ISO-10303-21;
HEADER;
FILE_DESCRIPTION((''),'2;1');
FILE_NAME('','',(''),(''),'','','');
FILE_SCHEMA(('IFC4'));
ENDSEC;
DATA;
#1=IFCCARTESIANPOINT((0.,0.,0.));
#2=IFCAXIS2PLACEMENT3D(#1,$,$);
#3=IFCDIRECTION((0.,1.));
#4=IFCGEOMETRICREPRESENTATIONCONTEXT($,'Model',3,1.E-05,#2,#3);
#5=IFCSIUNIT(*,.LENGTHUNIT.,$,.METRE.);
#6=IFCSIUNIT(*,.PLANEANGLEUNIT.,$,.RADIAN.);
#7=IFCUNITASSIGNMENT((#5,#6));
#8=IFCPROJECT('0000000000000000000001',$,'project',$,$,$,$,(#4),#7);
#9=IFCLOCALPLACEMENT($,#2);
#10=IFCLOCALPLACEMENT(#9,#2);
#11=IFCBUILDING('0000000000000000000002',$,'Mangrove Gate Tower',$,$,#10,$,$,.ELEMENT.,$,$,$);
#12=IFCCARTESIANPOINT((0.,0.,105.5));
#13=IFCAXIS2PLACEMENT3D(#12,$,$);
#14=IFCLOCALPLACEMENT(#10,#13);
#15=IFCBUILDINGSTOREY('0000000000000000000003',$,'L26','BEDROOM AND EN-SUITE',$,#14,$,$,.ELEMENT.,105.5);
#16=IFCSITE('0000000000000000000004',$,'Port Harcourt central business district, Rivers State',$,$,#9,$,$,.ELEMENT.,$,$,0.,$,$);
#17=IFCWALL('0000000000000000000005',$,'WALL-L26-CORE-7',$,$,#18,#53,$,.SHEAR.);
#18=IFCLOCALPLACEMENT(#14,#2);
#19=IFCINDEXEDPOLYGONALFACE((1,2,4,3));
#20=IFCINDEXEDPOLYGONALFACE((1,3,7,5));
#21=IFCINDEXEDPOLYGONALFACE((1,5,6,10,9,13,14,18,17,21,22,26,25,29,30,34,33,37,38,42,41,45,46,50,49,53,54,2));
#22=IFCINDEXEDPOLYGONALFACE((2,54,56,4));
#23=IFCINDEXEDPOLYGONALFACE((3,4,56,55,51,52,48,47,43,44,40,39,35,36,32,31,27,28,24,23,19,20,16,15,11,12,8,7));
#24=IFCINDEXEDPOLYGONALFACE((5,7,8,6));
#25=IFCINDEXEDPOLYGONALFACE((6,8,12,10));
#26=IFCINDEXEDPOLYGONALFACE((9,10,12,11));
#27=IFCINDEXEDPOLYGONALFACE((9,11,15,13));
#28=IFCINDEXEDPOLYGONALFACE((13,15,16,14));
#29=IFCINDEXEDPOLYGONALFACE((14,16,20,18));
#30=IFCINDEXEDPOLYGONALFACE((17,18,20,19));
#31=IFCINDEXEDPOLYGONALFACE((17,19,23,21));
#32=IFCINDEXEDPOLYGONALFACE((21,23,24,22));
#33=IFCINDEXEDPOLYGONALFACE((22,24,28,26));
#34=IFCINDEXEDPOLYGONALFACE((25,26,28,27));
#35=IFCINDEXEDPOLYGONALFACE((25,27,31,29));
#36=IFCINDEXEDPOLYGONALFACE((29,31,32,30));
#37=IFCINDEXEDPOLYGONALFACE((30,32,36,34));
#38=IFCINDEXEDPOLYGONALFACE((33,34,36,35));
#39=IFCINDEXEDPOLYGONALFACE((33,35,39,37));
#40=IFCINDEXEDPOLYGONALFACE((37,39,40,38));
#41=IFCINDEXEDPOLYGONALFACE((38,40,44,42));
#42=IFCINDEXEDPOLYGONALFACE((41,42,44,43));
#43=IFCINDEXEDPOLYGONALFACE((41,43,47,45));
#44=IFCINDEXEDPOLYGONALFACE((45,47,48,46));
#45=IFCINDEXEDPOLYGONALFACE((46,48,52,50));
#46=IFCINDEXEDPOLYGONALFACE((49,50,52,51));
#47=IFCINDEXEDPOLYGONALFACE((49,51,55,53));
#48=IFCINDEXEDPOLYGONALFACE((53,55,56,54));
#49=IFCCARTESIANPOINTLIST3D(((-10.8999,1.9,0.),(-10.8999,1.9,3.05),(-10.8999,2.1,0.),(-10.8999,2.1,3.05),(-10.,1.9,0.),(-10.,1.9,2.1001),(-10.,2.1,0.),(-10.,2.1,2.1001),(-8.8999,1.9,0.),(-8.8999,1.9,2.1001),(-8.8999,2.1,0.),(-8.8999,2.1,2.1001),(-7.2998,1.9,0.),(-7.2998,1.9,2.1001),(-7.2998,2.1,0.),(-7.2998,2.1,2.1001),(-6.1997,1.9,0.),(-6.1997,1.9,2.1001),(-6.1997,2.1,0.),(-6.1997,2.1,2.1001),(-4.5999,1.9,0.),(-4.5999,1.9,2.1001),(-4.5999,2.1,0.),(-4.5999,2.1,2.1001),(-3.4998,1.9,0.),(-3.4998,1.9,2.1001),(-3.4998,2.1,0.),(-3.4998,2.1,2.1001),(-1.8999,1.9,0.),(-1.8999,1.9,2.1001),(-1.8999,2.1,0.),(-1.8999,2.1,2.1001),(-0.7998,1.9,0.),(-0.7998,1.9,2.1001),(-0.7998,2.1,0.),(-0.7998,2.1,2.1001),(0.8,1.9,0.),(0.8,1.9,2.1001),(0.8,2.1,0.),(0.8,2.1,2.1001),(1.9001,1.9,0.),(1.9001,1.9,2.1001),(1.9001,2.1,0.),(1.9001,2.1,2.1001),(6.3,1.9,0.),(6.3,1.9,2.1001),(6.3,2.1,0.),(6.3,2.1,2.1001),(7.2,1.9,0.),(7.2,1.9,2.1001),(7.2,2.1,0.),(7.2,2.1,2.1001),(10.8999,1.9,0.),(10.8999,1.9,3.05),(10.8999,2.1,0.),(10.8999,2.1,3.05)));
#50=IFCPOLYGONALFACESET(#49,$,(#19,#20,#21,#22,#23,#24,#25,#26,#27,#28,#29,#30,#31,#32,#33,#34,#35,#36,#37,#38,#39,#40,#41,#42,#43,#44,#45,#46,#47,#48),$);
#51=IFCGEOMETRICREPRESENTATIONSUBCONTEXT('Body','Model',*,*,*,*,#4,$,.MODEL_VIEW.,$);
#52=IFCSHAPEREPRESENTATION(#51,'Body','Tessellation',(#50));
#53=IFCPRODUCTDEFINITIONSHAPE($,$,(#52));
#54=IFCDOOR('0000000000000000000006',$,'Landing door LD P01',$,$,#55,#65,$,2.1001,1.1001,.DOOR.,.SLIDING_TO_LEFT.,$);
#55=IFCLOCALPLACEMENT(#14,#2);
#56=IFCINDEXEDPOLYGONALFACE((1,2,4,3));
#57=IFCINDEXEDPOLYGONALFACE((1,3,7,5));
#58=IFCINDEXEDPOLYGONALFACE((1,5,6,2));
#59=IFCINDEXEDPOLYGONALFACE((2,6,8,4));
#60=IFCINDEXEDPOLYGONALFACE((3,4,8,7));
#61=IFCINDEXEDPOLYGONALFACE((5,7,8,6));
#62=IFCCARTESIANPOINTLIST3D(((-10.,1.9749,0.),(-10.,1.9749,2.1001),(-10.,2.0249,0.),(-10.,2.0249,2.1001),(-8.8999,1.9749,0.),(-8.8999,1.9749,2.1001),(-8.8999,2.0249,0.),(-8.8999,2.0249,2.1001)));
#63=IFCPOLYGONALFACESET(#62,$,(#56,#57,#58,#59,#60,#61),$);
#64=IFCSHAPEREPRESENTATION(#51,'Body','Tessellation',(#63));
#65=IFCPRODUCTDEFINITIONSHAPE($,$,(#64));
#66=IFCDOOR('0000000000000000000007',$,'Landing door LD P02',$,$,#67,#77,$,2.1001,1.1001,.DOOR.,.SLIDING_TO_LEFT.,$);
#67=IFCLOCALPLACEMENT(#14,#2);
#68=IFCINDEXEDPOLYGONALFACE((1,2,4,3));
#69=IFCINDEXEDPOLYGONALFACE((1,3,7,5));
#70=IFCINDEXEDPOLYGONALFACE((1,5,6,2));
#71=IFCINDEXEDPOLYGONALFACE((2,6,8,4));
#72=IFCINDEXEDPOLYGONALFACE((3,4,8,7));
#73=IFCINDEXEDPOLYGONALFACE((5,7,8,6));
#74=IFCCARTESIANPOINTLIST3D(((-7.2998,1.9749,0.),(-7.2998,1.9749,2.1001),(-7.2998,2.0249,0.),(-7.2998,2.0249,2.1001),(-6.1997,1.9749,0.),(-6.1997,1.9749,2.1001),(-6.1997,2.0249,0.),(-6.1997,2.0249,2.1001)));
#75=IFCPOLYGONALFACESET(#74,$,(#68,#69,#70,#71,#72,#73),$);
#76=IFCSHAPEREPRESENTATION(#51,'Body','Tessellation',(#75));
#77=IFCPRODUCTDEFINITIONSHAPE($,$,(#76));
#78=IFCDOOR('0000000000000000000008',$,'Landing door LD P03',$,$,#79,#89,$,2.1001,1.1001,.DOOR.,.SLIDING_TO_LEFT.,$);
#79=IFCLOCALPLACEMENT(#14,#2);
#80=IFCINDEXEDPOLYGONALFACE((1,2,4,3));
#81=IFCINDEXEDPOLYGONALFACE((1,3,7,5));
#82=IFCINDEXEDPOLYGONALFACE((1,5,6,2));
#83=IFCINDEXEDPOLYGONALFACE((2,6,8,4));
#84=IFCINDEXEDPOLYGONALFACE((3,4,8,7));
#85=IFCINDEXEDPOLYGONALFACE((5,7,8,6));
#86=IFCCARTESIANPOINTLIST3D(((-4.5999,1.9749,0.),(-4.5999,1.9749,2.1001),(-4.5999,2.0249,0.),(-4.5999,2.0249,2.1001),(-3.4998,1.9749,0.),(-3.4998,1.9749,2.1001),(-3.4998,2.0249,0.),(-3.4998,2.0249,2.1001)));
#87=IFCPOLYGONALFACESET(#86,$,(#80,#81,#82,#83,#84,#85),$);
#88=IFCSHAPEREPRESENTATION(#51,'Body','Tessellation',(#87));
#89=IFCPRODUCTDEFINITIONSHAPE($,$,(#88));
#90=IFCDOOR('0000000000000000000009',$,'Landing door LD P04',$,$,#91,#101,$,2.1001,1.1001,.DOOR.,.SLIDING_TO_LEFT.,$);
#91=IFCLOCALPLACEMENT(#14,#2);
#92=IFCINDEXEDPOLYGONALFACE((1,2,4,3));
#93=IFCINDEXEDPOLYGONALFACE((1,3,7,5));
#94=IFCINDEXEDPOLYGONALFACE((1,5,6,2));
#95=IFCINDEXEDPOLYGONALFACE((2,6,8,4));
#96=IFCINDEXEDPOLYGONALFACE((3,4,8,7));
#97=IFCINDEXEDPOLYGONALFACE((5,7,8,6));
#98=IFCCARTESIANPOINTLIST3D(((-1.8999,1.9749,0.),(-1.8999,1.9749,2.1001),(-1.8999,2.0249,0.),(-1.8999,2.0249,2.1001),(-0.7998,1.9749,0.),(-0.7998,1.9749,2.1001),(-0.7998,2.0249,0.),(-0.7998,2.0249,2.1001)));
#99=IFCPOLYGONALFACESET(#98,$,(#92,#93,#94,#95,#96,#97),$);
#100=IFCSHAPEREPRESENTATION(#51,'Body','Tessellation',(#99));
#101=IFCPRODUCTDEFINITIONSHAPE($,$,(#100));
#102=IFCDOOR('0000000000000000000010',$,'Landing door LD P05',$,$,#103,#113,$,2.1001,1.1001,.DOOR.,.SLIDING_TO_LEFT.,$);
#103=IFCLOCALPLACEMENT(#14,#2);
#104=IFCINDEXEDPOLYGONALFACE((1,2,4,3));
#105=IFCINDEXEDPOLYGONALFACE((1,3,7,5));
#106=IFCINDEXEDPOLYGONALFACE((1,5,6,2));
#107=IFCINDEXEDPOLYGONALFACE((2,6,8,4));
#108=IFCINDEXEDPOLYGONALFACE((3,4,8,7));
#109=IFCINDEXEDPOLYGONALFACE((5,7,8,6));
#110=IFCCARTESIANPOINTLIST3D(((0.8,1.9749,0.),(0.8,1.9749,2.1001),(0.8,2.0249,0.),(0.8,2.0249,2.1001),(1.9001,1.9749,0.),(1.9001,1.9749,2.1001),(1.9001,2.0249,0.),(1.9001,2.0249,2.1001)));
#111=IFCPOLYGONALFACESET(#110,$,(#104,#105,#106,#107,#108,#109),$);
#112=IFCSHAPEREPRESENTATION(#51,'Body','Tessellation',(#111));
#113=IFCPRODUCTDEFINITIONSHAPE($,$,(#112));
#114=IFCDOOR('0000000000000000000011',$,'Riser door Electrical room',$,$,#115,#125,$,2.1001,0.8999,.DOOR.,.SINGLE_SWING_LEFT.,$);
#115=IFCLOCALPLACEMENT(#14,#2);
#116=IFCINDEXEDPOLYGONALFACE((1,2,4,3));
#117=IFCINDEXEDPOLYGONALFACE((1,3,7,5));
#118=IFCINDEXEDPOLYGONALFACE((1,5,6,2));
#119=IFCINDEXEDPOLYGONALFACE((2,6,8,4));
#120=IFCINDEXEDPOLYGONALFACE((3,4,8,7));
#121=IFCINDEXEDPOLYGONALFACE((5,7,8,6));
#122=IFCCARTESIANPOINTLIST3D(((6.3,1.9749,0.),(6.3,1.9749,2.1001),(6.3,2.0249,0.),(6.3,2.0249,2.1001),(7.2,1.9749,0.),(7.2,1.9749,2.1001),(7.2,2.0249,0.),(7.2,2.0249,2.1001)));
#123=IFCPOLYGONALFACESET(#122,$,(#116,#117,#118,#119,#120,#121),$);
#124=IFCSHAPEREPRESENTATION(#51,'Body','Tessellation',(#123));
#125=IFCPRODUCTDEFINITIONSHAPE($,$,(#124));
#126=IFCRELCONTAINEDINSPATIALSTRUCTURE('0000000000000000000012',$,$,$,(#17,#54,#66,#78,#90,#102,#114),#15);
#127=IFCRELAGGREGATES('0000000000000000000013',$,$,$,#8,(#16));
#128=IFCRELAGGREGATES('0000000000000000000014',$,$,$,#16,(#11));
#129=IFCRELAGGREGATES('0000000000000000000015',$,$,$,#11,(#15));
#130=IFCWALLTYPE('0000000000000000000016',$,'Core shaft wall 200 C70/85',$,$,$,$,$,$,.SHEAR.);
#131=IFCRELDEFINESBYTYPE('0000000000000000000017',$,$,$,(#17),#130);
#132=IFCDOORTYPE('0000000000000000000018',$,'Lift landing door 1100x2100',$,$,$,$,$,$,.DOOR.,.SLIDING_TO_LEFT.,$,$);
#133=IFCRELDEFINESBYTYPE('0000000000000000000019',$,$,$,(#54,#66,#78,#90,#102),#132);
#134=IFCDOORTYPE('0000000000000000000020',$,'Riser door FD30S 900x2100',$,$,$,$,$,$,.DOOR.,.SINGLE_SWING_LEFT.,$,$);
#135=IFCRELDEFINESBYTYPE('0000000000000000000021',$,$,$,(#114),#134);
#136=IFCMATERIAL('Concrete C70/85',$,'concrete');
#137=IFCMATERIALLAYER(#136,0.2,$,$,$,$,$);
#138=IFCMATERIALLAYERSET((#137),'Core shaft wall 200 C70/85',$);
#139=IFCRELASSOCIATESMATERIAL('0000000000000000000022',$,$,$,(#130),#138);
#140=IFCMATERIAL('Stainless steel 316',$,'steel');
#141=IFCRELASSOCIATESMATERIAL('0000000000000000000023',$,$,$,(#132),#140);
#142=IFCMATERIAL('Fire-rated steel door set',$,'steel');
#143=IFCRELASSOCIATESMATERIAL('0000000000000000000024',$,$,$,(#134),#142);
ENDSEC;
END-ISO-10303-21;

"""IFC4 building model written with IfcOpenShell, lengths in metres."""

from ifc_helpers import new_model, si_unit, direction, frame, frame_2d, origin, place, context, subcontext, project, spatial, rectangle, extrude, material, layer, layer_set, type_object, element, fill, save


model = new_model("IFC4")

# Units and contexts
model_context = context("Model", 3, precision=1e-05, world=origin(), true_north=direction((0.0, 1.0)))
body_context = subcontext(model_context, "Body", "Model", "MODEL_VIEW")
ifc_project = project(units=[si_unit("LENGTHUNIT", "METRE"), si_unit("PLANEANGLEUNIT", "RADIAN")], contexts=[model_context])

# Site, building, storey
site_placement = place(None, origin())
site = spatial("IfcSite", under=ifc_project, at=site_placement, Name="Port Harcourt central business district, Rivers State", CompositionType="ELEMENT", RefElevation=0.0)
building_placement = place(site_placement, origin())
building = spatial("IfcBuilding", under=site, at=building_placement, Name="Mangrove Gate Tower", CompositionType="ELEMENT")
storey_placement = place(building_placement, frame((0.0, 0.0, 105.5)))
storey = spatial("IfcBuildingStorey", under=building, at=storey_placement, Name="L26", Description="BEDROOM AND EN-SUITE", CompositionType="ELEMENT", Elevation=105.5)

# Wall, openings, doors
ifc_material_1 = material(Name="Concrete C70/85", Category="concrete")
ifc_layer_1 = layer(ifc_material_1, 0.2)
ifc_layer_set_1 = layer_set([ifc_layer_1], Name="Core shaft wall 200 C70/85")
wall_type_1 = type_object("IfcWallType", Name="Core shaft wall 200 C70/85", PredefinedType="SHEAR", material=ifc_layer_set_1)
wall_1_placement = place(storey_placement, frame((-10.8999, 2.0, 0.0), z_axis=(0.0, 0.0, 1.0), x_axis=(1.0, 0.0, 0.0)))
wall_1 = element("IfcWall", 1, at=wall_1_placement, inside=storey, type_object=wall_type_1, Name="WALL-L26-CORE-7", PredefinedType="SHEAR", context=body_context, shape_type="SweptSolid", body=[
    extrude(rectangle(XDim=21.7998, YDim=0.2, at=frame_2d((10.8999, 0.0))), origin(), (0.0, 0.0, 1.0), 3.05),
])
opening_1_placement = place(wall_1_placement, frame((0.8999, 0.0, 0.0)))
opening_1 = element("IfcOpeningElement", 2, at=opening_1_placement, cuts=wall_1, PredefinedType="OPENING", context=body_context, shape_type="SweptSolid", body=[
    extrude(rectangle(XDim=1.1001, YDim=2.1001, at=frame_2d((0.55, 1.05))), frame((0.0, 0.1099, 0.0), z_axis=(0.0, -1.0, 0.0), x_axis=(1.0, 0.0, 0.0)), (0.0, 0.0, 1.0), 0.22),
])
opening_2_placement = place(wall_1_placement, frame((3.6001, 0.0, 0.0)))
opening_2 = element("IfcOpeningElement", 3, at=opening_2_placement, cuts=wall_1, PredefinedType="OPENING", context=body_context, shape_type="SweptSolid", body=[
    extrude(rectangle(XDim=1.1001, YDim=2.1001, at=frame_2d((0.55, 1.05))), frame((0.0, 0.1099, 0.0), z_axis=(0.0, -1.0, 0.0), x_axis=(1.0, 0.0, 0.0)), (0.0, 0.0, 1.0), 0.22),
])
opening_3_placement = place(wall_1_placement, frame((6.3, 0.0, 0.0)))
opening_3 = element("IfcOpeningElement", 4, at=opening_3_placement, cuts=wall_1, PredefinedType="OPENING", context=body_context, shape_type="SweptSolid", body=[
    extrude(rectangle(XDim=1.1001, YDim=2.1001, at=frame_2d((0.55, 1.05))), frame((0.0, 0.1099, 0.0), z_axis=(0.0, -1.0, 0.0), x_axis=(1.0, 0.0, 0.0)), (0.0, 0.0, 1.0), 0.22),
])
opening_4_placement = place(wall_1_placement, frame((9.0, 0.0, 0.0)))
opening_4 = element("IfcOpeningElement", 5, at=opening_4_placement, cuts=wall_1, PredefinedType="OPENING", context=body_context, shape_type="SweptSolid", body=[
    extrude(rectangle(XDim=1.1001, YDim=2.1001, at=frame_2d((0.55, 1.05))), frame((0.0, 0.1099, 0.0), z_axis=(0.0, -1.0, 0.0), x_axis=(1.0, 0.0, 0.0)), (0.0, 0.0, 1.0), 0.22),
])
opening_5_placement = place(wall_1_placement, frame((11.7, 0.0, 0.0)))
opening_5 = element("IfcOpeningElement", 6, at=opening_5_placement, cuts=wall_1, PredefinedType="OPENING", context=body_context, shape_type="SweptSolid", body=[
    extrude(rectangle(XDim=1.1001, YDim=2.1001, at=frame_2d((0.55, 1.05))), frame((0.0, 0.1099, 0.0), z_axis=(0.0, -1.0, 0.0), x_axis=(1.0, 0.0, 0.0)), (0.0, 0.0, 1.0), 0.22),
])
opening_6_placement = place(wall_1_placement, frame((17.2, 0.0, 0.0)))
opening_6 = element("IfcOpeningElement", 7, at=opening_6_placement, cuts=wall_1, PredefinedType="OPENING", context=body_context, shape_type="SweptSolid", body=[
    extrude(rectangle(XDim=0.8999, YDim=2.1001, at=frame_2d((0.45, 1.05))), frame((0.0, 0.1099, 0.0), z_axis=(0.0, -1.0, 0.0), x_axis=(1.0, 0.0, 0.0)), (0.0, 0.0, 1.0), 0.22),
])
ifc_material_2 = material(Name="Stainless steel 316", Category="steel")
door_type_1 = type_object("IfcDoorType", Name="Lift landing door 1100x2100", OperationType="SLIDING_TO_LEFT", PredefinedType="DOOR", material=ifc_material_2)
door_1_placement = place(opening_1_placement, origin())
door_1 = element("IfcDoor", 8, at=door_1_placement, inside=storey, type_object=door_type_1, Name="Landing door LD P01", OperationType="SLIDING_TO_LEFT", OverallHeight=2.1001, OverallWidth=1.1001, PredefinedType="DOOR", context=body_context, shape_type="SweptSolid", body=[
    extrude(rectangle(XDim=1.1001, YDim=2.1001, at=frame_2d((0.55, 1.05))), frame((0.0, 0.0249, 0.0), z_axis=(0.0, -1.0, 0.0), x_axis=(1.0, 0.0, 0.0)), (0.0, 0.0, 1.0), 0.05),
])
fill(opening_1, door_1)
door_2_placement = place(opening_2_placement, origin())
door_2 = element("IfcDoor", 9, at=door_2_placement, inside=storey, type_object=door_type_1, Name="Landing door LD P02", OperationType="SLIDING_TO_LEFT", OverallHeight=2.1001, OverallWidth=1.1001, PredefinedType="DOOR", context=body_context, shape_type="SweptSolid", body=[
    extrude(rectangle(XDim=1.1001, YDim=2.1001, at=frame_2d((0.55, 1.05))), frame((0.0, 0.0249, 0.0), z_axis=(0.0, -1.0, 0.0), x_axis=(1.0, 0.0, 0.0)), (0.0, 0.0, 1.0), 0.05),
])
fill(opening_2, door_2)
door_3_placement = place(opening_3_placement, origin())
door_3 = element("IfcDoor", 10, at=door_3_placement, inside=storey, type_object=door_type_1, Name="Landing door LD P03", OperationType="SLIDING_TO_LEFT", OverallHeight=2.1001, OverallWidth=1.1001, PredefinedType="DOOR", context=body_context, shape_type="SweptSolid", body=[
    extrude(rectangle(XDim=1.1001, YDim=2.1001, at=frame_2d((0.55, 1.05))), frame((0.0, 0.0249, 0.0), z_axis=(0.0, -1.0, 0.0), x_axis=(1.0, 0.0, 0.0)), (0.0, 0.0, 1.0), 0.05),
])
fill(opening_3, door_3)
door_4_placement = place(opening_4_placement, origin())
door_4 = element("IfcDoor", 11, at=door_4_placement, inside=storey, type_object=door_type_1, Name="Landing door LD P04", OperationType="SLIDING_TO_LEFT", OverallHeight=2.1001, OverallWidth=1.1001, PredefinedType="DOOR", context=body_context, shape_type="SweptSolid", body=[
    extrude(rectangle(XDim=1.1001, YDim=2.1001, at=frame_2d((0.55, 1.05))), frame((0.0, 0.0249, 0.0), z_axis=(0.0, -1.0, 0.0), x_axis=(1.0, 0.0, 0.0)), (0.0, 0.0, 1.0), 0.05),
])
fill(opening_4, door_4)
door_5_placement = place(opening_5_placement, origin())
door_5 = element("IfcDoor", 12, at=door_5_placement, inside=storey, type_object=door_type_1, Name="Landing door LD P05", OperationType="SLIDING_TO_LEFT", OverallHeight=2.1001, OverallWidth=1.1001, PredefinedType="DOOR", context=body_context, shape_type="SweptSolid", body=[
    extrude(rectangle(XDim=1.1001, YDim=2.1001, at=frame_2d((0.55, 1.05))), frame((0.0, 0.0249, 0.0), z_axis=(0.0, -1.0, 0.0), x_axis=(1.0, 0.0, 0.0)), (0.0, 0.0, 1.0), 0.05),
])
fill(opening_5, door_5)
ifc_material_3 = material(Name="Fire-rated steel door set", Category="steel")
door_type_2 = type_object("IfcDoorType", Name="Riser door FD30S 900x2100", OperationType="SINGLE_SWING_LEFT", PredefinedType="DOOR", material=ifc_material_3)
door_6_placement = place(opening_6_placement, origin())
door_6 = element("IfcDoor", 13, at=door_6_placement, inside=storey, type_object=door_type_2, Name="Riser door Electrical room", OperationType="SINGLE_SWING_LEFT", OverallHeight=2.1001, OverallWidth=0.8999, PredefinedType="DOOR", context=body_context, shape_type="SweptSolid", body=[
    extrude(rectangle(XDim=0.8999, YDim=2.1001, at=frame_2d((0.45, 1.05))), frame((0.0, 0.0249, 0.0), z_axis=(0.0, -1.0, 0.0), x_axis=(1.0, 0.0, 0.0)), (0.0, 0.0, 1.0), 0.05),
])
fill(opening_6, door_6)

save(model, "model.ifc")
